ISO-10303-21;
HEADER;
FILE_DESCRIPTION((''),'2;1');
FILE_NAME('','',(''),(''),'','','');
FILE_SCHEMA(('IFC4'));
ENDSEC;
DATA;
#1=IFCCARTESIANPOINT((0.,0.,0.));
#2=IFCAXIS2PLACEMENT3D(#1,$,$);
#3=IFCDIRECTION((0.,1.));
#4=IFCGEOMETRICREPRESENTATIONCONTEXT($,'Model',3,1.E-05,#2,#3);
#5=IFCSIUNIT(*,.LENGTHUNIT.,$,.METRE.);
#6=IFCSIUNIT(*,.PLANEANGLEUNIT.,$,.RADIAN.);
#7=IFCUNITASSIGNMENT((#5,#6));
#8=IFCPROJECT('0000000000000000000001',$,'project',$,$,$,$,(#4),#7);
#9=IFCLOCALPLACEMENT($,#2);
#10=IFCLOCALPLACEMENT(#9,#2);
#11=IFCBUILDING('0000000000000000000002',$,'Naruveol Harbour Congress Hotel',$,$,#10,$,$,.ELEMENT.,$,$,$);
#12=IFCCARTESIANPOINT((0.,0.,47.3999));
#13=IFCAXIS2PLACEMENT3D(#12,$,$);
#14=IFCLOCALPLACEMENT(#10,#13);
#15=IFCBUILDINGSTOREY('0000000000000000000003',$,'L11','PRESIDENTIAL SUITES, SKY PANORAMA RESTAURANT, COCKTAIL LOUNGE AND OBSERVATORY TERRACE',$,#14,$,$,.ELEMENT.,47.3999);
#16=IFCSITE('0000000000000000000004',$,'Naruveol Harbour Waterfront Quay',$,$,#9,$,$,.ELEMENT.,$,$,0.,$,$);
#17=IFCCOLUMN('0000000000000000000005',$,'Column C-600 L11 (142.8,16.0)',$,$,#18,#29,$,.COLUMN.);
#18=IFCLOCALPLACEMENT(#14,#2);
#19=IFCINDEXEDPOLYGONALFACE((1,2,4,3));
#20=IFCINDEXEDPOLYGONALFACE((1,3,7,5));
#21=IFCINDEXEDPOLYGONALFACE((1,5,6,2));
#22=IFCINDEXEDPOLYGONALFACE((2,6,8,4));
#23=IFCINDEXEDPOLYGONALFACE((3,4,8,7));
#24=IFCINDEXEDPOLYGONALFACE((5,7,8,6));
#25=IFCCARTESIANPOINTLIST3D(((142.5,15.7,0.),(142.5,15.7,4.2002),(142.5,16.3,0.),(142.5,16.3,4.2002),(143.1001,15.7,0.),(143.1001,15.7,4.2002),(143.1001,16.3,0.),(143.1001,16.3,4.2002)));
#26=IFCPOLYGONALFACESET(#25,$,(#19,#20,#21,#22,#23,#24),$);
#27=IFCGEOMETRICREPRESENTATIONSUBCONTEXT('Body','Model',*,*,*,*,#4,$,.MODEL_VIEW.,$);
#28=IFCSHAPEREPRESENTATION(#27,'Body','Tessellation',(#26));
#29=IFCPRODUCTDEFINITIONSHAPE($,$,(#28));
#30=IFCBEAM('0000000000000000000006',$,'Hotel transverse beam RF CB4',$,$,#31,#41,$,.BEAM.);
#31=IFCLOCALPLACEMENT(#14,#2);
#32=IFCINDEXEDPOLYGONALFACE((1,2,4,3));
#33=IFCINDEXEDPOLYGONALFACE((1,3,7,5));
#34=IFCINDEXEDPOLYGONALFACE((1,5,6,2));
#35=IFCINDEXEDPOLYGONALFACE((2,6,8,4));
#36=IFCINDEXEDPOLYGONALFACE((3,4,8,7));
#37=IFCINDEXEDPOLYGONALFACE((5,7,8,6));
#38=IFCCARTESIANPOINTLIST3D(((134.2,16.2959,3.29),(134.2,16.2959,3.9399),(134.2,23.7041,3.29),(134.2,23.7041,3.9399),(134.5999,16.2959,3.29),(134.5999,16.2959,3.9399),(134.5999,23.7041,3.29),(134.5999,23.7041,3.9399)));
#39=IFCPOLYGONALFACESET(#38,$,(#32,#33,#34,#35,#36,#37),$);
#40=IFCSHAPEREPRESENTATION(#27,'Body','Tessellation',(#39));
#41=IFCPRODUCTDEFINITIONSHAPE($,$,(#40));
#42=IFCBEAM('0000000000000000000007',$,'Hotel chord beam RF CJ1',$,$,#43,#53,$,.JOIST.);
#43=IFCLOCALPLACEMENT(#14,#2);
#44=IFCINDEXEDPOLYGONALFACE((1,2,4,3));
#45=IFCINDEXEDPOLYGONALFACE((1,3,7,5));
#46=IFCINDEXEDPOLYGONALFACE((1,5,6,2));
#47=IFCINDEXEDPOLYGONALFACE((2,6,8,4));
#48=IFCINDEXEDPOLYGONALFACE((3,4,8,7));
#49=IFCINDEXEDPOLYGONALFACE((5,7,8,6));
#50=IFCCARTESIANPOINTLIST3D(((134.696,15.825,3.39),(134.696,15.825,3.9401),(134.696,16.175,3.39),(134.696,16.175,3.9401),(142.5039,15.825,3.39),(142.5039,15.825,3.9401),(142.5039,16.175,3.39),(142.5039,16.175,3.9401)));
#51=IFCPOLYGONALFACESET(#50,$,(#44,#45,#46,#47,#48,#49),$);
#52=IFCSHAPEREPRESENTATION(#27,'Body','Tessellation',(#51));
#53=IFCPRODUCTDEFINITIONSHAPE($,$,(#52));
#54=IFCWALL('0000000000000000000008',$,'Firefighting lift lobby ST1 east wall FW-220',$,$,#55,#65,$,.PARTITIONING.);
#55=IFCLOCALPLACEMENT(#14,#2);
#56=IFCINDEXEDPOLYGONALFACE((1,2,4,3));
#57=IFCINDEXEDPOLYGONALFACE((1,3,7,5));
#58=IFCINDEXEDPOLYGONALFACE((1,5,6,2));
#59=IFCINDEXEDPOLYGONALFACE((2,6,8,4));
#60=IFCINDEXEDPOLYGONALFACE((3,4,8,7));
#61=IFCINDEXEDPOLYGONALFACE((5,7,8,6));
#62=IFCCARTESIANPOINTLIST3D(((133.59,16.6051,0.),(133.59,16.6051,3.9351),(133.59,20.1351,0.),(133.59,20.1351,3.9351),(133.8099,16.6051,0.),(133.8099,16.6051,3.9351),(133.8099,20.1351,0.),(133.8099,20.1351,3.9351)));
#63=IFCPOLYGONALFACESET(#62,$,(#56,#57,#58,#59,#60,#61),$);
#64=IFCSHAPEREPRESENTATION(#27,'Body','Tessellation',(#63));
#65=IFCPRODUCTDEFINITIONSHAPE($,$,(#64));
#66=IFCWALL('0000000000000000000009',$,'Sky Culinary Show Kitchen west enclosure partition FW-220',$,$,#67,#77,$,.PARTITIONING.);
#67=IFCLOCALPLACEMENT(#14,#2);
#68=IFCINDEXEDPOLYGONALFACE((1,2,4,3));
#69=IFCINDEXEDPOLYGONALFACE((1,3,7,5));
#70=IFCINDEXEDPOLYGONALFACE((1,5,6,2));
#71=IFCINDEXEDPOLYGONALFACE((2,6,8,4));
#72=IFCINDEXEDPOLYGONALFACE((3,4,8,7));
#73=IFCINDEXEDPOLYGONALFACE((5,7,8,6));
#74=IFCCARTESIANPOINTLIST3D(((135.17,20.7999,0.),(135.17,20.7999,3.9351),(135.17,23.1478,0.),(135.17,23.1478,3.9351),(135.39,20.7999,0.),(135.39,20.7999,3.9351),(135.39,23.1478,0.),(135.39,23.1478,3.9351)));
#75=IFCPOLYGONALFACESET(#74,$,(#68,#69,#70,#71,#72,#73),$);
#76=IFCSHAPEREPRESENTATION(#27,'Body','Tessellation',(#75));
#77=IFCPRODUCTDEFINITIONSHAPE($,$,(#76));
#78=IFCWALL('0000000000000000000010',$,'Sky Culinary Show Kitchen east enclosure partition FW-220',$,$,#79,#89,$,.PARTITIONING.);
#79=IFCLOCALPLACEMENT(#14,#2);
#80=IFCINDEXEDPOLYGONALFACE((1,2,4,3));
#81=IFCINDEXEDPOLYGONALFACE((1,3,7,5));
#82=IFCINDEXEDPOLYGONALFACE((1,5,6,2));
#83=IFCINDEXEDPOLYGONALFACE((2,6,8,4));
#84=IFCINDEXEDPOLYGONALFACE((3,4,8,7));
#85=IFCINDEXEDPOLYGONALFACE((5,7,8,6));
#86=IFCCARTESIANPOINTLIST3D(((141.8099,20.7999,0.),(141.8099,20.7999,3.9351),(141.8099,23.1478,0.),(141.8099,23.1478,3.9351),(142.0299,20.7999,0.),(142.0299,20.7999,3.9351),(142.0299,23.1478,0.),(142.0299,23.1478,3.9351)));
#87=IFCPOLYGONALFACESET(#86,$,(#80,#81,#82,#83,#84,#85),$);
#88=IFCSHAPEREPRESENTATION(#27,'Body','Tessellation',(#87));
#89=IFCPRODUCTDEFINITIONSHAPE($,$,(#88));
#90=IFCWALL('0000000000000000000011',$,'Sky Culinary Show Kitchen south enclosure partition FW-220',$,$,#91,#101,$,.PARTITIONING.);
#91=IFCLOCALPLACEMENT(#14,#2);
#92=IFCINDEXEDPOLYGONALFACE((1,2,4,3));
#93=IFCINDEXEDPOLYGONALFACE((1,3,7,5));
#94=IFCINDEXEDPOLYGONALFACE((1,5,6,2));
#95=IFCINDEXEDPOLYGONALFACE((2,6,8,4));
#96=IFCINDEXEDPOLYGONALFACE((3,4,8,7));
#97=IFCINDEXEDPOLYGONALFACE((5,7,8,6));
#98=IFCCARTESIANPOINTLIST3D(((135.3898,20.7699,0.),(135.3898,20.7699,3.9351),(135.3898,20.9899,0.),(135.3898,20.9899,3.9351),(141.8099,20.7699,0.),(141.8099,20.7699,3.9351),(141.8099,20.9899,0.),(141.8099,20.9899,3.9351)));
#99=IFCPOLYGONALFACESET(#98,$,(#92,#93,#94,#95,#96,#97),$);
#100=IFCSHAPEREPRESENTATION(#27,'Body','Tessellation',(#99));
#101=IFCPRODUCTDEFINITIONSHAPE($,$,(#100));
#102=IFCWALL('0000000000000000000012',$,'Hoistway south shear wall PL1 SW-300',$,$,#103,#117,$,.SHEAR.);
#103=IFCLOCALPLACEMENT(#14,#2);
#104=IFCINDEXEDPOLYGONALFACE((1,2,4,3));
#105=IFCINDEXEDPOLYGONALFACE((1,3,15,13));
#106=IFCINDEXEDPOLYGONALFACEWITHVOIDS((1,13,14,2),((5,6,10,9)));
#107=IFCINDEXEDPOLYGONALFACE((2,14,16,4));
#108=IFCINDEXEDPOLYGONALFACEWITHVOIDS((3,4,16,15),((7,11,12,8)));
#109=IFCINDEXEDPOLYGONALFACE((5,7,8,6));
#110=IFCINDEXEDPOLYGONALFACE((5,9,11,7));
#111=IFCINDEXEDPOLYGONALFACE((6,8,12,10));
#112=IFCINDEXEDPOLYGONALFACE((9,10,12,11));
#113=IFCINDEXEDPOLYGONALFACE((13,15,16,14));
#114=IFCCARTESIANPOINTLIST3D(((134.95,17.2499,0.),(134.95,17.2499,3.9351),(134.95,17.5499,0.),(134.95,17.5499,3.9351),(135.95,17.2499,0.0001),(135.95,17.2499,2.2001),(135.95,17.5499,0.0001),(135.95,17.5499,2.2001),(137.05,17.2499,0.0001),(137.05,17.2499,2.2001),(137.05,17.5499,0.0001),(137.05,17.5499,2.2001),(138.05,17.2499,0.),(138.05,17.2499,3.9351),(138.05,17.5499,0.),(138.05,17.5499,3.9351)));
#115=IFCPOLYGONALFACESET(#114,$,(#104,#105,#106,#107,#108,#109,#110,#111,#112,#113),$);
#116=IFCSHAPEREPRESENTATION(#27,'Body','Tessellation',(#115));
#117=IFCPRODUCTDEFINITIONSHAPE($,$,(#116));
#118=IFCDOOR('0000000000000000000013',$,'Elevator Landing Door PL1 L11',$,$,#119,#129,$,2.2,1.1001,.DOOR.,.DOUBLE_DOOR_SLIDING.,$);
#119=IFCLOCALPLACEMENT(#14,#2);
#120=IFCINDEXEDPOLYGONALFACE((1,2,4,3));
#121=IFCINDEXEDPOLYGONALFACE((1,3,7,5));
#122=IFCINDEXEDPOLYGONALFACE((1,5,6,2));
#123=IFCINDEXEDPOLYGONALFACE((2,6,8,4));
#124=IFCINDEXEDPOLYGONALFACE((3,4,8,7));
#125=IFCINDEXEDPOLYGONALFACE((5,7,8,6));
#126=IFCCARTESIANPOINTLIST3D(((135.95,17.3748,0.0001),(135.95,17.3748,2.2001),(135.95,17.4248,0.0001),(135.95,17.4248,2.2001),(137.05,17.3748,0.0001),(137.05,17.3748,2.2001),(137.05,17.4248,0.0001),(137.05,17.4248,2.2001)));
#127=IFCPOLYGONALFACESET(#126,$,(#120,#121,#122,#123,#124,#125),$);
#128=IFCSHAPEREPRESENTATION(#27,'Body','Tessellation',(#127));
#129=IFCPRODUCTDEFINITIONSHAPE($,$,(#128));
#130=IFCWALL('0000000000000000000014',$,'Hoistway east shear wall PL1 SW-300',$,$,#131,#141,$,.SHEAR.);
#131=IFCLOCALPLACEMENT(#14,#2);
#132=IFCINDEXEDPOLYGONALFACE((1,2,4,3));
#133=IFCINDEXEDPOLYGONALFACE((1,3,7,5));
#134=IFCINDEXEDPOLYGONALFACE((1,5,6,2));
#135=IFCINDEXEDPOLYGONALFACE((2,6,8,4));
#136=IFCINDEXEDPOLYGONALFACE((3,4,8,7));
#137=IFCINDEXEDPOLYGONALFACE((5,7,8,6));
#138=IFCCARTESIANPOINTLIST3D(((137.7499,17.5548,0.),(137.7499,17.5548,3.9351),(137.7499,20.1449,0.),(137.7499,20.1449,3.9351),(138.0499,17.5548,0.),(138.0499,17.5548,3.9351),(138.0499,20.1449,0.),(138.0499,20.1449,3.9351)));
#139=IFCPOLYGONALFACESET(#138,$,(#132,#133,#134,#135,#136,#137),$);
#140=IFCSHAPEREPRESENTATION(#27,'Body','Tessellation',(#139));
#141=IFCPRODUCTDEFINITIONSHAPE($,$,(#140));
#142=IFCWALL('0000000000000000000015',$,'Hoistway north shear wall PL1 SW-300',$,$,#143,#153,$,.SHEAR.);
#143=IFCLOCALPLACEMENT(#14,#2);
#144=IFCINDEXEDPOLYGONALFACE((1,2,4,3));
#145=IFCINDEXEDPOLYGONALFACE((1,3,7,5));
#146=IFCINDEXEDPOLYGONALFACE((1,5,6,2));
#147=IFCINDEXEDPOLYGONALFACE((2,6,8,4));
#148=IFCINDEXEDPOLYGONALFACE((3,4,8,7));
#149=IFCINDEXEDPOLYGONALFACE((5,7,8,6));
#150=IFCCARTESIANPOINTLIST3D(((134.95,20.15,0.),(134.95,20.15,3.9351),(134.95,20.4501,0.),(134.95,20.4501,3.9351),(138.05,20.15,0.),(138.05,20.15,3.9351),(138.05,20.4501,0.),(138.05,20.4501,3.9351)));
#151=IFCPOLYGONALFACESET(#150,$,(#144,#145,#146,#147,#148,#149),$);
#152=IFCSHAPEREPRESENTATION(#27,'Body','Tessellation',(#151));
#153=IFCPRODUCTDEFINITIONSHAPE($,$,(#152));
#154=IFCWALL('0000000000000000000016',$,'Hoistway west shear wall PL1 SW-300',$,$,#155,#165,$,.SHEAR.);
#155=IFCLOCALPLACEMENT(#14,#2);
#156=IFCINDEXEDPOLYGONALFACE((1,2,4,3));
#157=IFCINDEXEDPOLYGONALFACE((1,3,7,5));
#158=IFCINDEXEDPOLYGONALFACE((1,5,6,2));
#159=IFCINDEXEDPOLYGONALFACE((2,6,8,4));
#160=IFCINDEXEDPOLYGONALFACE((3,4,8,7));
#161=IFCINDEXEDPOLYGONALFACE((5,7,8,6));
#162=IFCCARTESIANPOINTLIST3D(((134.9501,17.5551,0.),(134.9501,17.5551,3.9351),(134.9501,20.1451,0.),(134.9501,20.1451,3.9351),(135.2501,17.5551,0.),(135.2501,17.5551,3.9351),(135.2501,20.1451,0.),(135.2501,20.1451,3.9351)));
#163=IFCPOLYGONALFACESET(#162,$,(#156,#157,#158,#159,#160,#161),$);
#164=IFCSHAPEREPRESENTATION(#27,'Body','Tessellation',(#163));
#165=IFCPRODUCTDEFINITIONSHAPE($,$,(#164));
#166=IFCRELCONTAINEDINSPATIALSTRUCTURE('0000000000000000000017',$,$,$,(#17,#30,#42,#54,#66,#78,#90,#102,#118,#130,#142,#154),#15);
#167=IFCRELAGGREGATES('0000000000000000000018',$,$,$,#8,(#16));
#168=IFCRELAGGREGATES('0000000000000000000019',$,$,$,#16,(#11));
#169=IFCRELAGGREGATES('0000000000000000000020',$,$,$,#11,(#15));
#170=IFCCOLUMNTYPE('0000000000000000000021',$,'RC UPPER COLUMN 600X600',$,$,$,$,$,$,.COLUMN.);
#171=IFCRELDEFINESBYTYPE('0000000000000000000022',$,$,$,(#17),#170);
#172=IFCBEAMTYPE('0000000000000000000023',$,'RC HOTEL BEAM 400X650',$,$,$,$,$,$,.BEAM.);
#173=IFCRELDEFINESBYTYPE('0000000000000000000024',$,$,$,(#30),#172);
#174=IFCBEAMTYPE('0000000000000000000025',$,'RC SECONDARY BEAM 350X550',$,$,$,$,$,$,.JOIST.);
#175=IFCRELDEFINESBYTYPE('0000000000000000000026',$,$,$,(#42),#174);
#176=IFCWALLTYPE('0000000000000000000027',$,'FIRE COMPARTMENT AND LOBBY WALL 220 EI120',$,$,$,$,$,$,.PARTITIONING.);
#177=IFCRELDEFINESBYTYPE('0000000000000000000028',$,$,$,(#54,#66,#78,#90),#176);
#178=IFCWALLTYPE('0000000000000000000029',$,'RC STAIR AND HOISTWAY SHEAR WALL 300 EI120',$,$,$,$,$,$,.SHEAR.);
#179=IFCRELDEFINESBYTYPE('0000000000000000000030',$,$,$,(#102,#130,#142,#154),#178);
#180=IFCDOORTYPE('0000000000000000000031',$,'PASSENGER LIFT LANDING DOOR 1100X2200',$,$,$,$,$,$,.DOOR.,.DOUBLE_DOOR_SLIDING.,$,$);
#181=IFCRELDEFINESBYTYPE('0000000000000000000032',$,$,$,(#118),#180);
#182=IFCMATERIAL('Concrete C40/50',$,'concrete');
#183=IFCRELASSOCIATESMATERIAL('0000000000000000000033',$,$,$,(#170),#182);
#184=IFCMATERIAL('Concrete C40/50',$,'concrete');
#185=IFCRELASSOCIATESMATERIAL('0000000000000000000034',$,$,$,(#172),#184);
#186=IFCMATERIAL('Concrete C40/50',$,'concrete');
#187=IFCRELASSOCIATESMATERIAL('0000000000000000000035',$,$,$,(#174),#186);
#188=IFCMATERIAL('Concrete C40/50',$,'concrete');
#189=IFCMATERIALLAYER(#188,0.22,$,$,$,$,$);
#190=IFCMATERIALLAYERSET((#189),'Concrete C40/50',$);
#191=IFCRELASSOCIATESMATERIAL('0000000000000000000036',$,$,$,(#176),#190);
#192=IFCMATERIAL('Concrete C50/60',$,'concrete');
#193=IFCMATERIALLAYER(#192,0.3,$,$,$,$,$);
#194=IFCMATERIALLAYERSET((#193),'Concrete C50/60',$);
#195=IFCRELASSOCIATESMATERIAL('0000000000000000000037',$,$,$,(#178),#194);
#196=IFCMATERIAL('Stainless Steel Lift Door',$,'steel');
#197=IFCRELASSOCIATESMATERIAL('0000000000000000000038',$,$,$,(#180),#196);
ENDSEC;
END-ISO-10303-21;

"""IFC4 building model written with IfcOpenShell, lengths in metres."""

from ifc_helpers import new_model, si_unit, direction, frame, frame_2d, origin, origin_2d, place, context, subcontext, project, spatial, rectangle, extrude, material, layer, layer_set, material_profile, profile_set, type_object, element, fill, save


model = new_model("IFC4")

# Units and contexts
model_context = context("Model", 3, precision=1e-05, world=origin(), true_north=direction((0.0, 1.0)))
body_context = subcontext(model_context, "Body", "Model", "MODEL_VIEW")
ifc_project = project(units=[si_unit("LENGTHUNIT", "METRE"), si_unit("PLANEANGLEUNIT", "RADIAN")], contexts=[model_context])

# Site, building, storey
site_placement = place(None, origin())
site = spatial("IfcSite", under=ifc_project, at=site_placement, Name="Naruveol Harbour Waterfront Quay", CompositionType="ELEMENT", RefElevation=0.0)
building_placement = place(site_placement, origin())
building = spatial("IfcBuilding", under=site, at=building_placement, Name="Naruveol Harbour Congress Hotel", CompositionType="ELEMENT")
storey_placement = place(building_placement, frame((0.0, 0.0, 47.3999)))
storey = spatial("IfcBuildingStorey", under=building, at=storey_placement, Name="L11", Description="PRESIDENTIAL SUITES, SKY PANORAMA RESTAURANT, COCKTAIL LOUNGE AND OBSERVATORY TERRACE", CompositionType="ELEMENT", Elevation=47.3999)

# Column
ifc_material_1 = material(Name="Concrete C40/50", Category="concrete")
ifc_material_profile_1 = material_profile(ifc_material_1, rectangle(XDim=0.6001, YDim=0.6001, at=origin_2d()), Name="RC-600x600")
ifc_profile_set_1 = profile_set([ifc_material_profile_1], Name="Concrete C40/50")
column_type = type_object("IfcColumnType", Name="RC UPPER COLUMN 600X600", PredefinedType="COLUMN", material=ifc_profile_set_1)
column_placement = place(storey_placement, frame((142.8, 16.0, 0.0), z_axis=(0.0, 0.0, 1.0), x_axis=(1.0, 0.0, 0.0)))
element("IfcColumn", 1, at=column_placement, inside=storey, type_object=column_type, Name="Column C-600 L11 (142.8,16.0)", PredefinedType="COLUMN", context=body_context, shape_type="SweptSolid", body=[
    extrude(rectangle(XDim=0.6001, YDim=0.6001, at=origin_2d()), origin(), (0.0, 0.0, 1.0), 4.2002),
])

# Beams
ifc_material_2 = material(Name="Concrete C40/50", Category="concrete")
ifc_material_profile_2 = material_profile(ifc_material_2, rectangle(XDim=0.3999, YDim=0.6499, at=origin_2d()), Name="RCB-400x650")
ifc_profile_set_2 = profile_set([ifc_material_profile_2], Name="Concrete C40/50")
beam_type_1 = type_object("IfcBeamType", Name="RC HOTEL BEAM 400X650", PredefinedType="BEAM", material=ifc_profile_set_2)
beam_1_placement = place(storey_placement, frame((134.3999, 16.2959, 3.615), z_axis=(0.0, 1.0, 0.0), x_axis=(-1.0, 0.0, 0.0)))
element("IfcBeam", 2, at=beam_1_placement, inside=storey, type_object=beam_type_1, Name="Hotel transverse beam RF CB4", PredefinedType="BEAM", context=body_context, shape_type="SweptSolid", body=[
    extrude(rectangle(XDim=0.3999, YDim=0.6499, at=origin_2d()), origin(), (0.0, 0.0, 1.0), 7.4082),
])
ifc_material_3 = material(Name="Concrete C40/50", Category="concrete")
ifc_material_profile_3 = material_profile(ifc_material_3, rectangle(XDim=0.3501, YDim=0.55, at=origin_2d()), Name="RCB-350x550")
ifc_profile_set_3 = profile_set([ifc_material_profile_3], Name="Concrete C40/50")
beam_type_2 = type_object("IfcBeamType", Name="RC SECONDARY BEAM 350X550", PredefinedType="JOIST", material=ifc_profile_set_3)
beam_2_placement = place(storey_placement, frame((134.696, 16.0, 3.665), z_axis=(1.0, 0.0, 0.0), x_axis=(0.0, 1.0, 0.0)))
element("IfcBeam", 3, at=beam_2_placement, inside=storey, type_object=beam_type_2, Name="Hotel chord beam RF CJ1", PredefinedType="JOIST", context=body_context, shape_type="SweptSolid", body=[
    extrude(rectangle(XDim=0.3501, YDim=0.55, at=origin_2d()), origin(), (0.0, 0.0, 1.0), 7.8079),
])

# Walls
ifc_material_4 = material(Name="Concrete C40/50", Category="concrete")
ifc_layer_1 = layer(ifc_material_4, 0.22)
ifc_layer_set_1 = layer_set([ifc_layer_1], Name="Concrete C40/50")
wall_type_1 = type_object("IfcWallType", Name="FIRE COMPARTMENT AND LOBBY WALL 220 EI120", PredefinedType="PARTITIONING", material=ifc_layer_set_1)
wall_1_placement = place(storey_placement, frame((133.7, 16.605, 0.0), z_axis=(0.0, 0.0, 1.0), x_axis=(0.0, 1.0, 0.0)))
element("IfcWall", 4, at=wall_1_placement, inside=storey, type_object=wall_type_1, Name="Firefighting lift lobby ST1 east wall FW-220", PredefinedType="PARTITIONING", context=body_context, shape_type="SweptSolid", body=[
    extrude(rectangle(XDim=3.53, YDim=0.22, at=frame_2d((1.7651, 0.0))), origin(), (0.0, 0.0, 1.0), 3.9351),
])
for number, where, z_axis, x_axis, name in (
    (5, (135.28, 20.8, 0.0), (0.0, 0.0, 1.0), (0.0, 1.0, 0.0), "Sky Culinary Show Kitchen west enclosure partition FW-220"),
    (6, (141.9199, 20.8, 0.0), (0.0, 0.0, 1.0), (0.0, 1.0, 0.0), "Sky Culinary Show Kitchen east enclosure partition FW-220"),
):
    element("IfcWall", number, at=place(storey_placement, frame(where, z_axis=z_axis, x_axis=x_axis)), inside=storey, type_object=wall_type_1, Name=name, PredefinedType="PARTITIONING", context=body_context, shape_type="SweptSolid", body=[
        extrude(rectangle(XDim=2.3479, YDim=0.22, at=frame_2d((1.1738, 0.0))), origin(), (0.0, 0.0, 1.0), 3.9351),
    ])
wall_2_placement = place(storey_placement, frame((135.3899, 20.8799, 0.0), z_axis=(0.0, 0.0, 1.0), x_axis=(1.0, 0.0, 0.0)))
element("IfcWall", 7, at=wall_2_placement, inside=storey, type_object=wall_type_1, Name="Sky Culinary Show Kitchen south enclosure partition FW-220", PredefinedType="PARTITIONING", context=body_context, shape_type="SweptSolid", body=[
    extrude(rectangle(XDim=6.4202, YDim=0.22, at=frame_2d((3.21, 0.0))), origin(), (0.0, 0.0, 1.0), 3.9351),
])

# Wall, opening, door
ifc_material_5 = material(Name="Concrete C50/60", Category="concrete")
ifc_layer_2 = layer(ifc_material_5, 0.3)
ifc_layer_set_2 = layer_set([ifc_layer_2], Name="Concrete C50/60")
wall_type_2 = type_object("IfcWallType", Name="RC STAIR AND HOISTWAY SHEAR WALL 300 EI120", PredefinedType="SHEAR", material=ifc_layer_set_2)
wall_3_placement = place(storey_placement, frame((134.95, 17.3999, 0.0), z_axis=(0.0, 0.0, 1.0), x_axis=(1.0, 0.0, 0.0)))
wall_3 = element("IfcWall", 8, at=wall_3_placement, inside=storey, type_object=wall_type_2, Name="Hoistway south shear wall PL1 SW-300", PredefinedType="SHEAR", context=body_context, shape_type="SweptSolid", body=[
    extrude(rectangle(XDim=3.1001, YDim=0.3, at=frame_2d((1.55, 0.0))), origin(), (0.0, 0.0, 1.0), 3.9351),
])
opening_1_placement = place(wall_3_placement, frame((1.0, 0.0, 0.0)))
opening_1 = element("IfcOpeningElement", 9, at=opening_1_placement, cuts=wall_3, PredefinedType="OPENING", context=body_context, shape_type="SweptSolid", body=[
    extrude(rectangle(XDim=1.1001, YDim=2.2, at=frame_2d((0.55, 1.1001))), frame((0.0, 0.1599, 0.0), z_axis=(0.0, -1.0, 0.0), x_axis=(1.0, 0.0, 0.0)), (0.0, 0.0, 1.0), 0.3201),
])
ifc_material_6 = material(Name="Stainless Steel Lift Door", Category="steel")
door_type_1 = type_object("IfcDoorType", Name="PASSENGER LIFT LANDING DOOR 1100X2200", OperationType="DOUBLE_DOOR_SLIDING", PredefinedType="DOOR", material=ifc_material_6)
door_1_placement = place(opening_1_placement, origin())
door_1 = element("IfcDoor", 10, at=door_1_placement, inside=storey, type_object=door_type_1, Name="Elevator Landing Door PL1 L11", OperationType="DOUBLE_DOOR_SLIDING", OverallHeight=2.2, OverallWidth=1.1001, PredefinedType="DOOR", context=body_context, shape_type="SweptSolid", body=[
    extrude(rectangle(XDim=1.1001, YDim=2.2, at=frame_2d((0.55, 1.1001))), frame((0.0, 0.0249, 0.0), z_axis=(0.0, -1.0, 0.0), x_axis=(1.0, 0.0, 0.0)), (0.0, 0.0, 1.0), 0.05),
])
fill(opening_1, door_1)

# Walls
wall_4_placement = place(storey_placement, frame((137.8999, 17.5549, 0.0), z_axis=(0.0, 0.0, 1.0), x_axis=(0.0, 1.0, 0.0)))
element("IfcWall", 11, at=wall_4_placement, inside=storey, type_object=wall_type_2, Name="Hoistway east shear wall PL1 SW-300", PredefinedType="SHEAR", context=body_context, shape_type="SweptSolid", body=[
    extrude(rectangle(XDim=2.5901, YDim=0.3, at=frame_2d((1.2949, 0.0))), origin(), (0.0, 0.0, 1.0), 3.9351),
])
wall_5_placement = place(storey_placement, frame((138.05, 20.3, 0.0), z_axis=(0.0, 0.0, 1.0), x_axis=(-1.0, 0.0, 0.0)))
element("IfcWall", 12, at=wall_5_placement, inside=storey, type_object=wall_type_2, Name="Hoistway north shear wall PL1 SW-300", PredefinedType="SHEAR", context=body_context, shape_type="SweptSolid", body=[
    extrude(rectangle(XDim=3.1001, YDim=0.3, at=frame_2d((1.55, 0.0))), origin(), (0.0, 0.0, 1.0), 3.9351),
])
wall_6_placement = place(storey_placement, frame((135.1001, 20.145, 0.0), z_axis=(0.0, 0.0, 1.0), x_axis=(0.0, -1.0, 0.0)))
element("IfcWall", 13, at=wall_6_placement, inside=storey, type_object=wall_type_2, Name="Hoistway west shear wall PL1 SW-300", PredefinedType="SHEAR", context=body_context, shape_type="SweptSolid", body=[
    extrude(rectangle(XDim=2.5901, YDim=0.3, at=frame_2d((1.2949, 0.0))), origin(), (0.0, 0.0, 1.0), 3.9351),
])

save(model, "model.ifc")
